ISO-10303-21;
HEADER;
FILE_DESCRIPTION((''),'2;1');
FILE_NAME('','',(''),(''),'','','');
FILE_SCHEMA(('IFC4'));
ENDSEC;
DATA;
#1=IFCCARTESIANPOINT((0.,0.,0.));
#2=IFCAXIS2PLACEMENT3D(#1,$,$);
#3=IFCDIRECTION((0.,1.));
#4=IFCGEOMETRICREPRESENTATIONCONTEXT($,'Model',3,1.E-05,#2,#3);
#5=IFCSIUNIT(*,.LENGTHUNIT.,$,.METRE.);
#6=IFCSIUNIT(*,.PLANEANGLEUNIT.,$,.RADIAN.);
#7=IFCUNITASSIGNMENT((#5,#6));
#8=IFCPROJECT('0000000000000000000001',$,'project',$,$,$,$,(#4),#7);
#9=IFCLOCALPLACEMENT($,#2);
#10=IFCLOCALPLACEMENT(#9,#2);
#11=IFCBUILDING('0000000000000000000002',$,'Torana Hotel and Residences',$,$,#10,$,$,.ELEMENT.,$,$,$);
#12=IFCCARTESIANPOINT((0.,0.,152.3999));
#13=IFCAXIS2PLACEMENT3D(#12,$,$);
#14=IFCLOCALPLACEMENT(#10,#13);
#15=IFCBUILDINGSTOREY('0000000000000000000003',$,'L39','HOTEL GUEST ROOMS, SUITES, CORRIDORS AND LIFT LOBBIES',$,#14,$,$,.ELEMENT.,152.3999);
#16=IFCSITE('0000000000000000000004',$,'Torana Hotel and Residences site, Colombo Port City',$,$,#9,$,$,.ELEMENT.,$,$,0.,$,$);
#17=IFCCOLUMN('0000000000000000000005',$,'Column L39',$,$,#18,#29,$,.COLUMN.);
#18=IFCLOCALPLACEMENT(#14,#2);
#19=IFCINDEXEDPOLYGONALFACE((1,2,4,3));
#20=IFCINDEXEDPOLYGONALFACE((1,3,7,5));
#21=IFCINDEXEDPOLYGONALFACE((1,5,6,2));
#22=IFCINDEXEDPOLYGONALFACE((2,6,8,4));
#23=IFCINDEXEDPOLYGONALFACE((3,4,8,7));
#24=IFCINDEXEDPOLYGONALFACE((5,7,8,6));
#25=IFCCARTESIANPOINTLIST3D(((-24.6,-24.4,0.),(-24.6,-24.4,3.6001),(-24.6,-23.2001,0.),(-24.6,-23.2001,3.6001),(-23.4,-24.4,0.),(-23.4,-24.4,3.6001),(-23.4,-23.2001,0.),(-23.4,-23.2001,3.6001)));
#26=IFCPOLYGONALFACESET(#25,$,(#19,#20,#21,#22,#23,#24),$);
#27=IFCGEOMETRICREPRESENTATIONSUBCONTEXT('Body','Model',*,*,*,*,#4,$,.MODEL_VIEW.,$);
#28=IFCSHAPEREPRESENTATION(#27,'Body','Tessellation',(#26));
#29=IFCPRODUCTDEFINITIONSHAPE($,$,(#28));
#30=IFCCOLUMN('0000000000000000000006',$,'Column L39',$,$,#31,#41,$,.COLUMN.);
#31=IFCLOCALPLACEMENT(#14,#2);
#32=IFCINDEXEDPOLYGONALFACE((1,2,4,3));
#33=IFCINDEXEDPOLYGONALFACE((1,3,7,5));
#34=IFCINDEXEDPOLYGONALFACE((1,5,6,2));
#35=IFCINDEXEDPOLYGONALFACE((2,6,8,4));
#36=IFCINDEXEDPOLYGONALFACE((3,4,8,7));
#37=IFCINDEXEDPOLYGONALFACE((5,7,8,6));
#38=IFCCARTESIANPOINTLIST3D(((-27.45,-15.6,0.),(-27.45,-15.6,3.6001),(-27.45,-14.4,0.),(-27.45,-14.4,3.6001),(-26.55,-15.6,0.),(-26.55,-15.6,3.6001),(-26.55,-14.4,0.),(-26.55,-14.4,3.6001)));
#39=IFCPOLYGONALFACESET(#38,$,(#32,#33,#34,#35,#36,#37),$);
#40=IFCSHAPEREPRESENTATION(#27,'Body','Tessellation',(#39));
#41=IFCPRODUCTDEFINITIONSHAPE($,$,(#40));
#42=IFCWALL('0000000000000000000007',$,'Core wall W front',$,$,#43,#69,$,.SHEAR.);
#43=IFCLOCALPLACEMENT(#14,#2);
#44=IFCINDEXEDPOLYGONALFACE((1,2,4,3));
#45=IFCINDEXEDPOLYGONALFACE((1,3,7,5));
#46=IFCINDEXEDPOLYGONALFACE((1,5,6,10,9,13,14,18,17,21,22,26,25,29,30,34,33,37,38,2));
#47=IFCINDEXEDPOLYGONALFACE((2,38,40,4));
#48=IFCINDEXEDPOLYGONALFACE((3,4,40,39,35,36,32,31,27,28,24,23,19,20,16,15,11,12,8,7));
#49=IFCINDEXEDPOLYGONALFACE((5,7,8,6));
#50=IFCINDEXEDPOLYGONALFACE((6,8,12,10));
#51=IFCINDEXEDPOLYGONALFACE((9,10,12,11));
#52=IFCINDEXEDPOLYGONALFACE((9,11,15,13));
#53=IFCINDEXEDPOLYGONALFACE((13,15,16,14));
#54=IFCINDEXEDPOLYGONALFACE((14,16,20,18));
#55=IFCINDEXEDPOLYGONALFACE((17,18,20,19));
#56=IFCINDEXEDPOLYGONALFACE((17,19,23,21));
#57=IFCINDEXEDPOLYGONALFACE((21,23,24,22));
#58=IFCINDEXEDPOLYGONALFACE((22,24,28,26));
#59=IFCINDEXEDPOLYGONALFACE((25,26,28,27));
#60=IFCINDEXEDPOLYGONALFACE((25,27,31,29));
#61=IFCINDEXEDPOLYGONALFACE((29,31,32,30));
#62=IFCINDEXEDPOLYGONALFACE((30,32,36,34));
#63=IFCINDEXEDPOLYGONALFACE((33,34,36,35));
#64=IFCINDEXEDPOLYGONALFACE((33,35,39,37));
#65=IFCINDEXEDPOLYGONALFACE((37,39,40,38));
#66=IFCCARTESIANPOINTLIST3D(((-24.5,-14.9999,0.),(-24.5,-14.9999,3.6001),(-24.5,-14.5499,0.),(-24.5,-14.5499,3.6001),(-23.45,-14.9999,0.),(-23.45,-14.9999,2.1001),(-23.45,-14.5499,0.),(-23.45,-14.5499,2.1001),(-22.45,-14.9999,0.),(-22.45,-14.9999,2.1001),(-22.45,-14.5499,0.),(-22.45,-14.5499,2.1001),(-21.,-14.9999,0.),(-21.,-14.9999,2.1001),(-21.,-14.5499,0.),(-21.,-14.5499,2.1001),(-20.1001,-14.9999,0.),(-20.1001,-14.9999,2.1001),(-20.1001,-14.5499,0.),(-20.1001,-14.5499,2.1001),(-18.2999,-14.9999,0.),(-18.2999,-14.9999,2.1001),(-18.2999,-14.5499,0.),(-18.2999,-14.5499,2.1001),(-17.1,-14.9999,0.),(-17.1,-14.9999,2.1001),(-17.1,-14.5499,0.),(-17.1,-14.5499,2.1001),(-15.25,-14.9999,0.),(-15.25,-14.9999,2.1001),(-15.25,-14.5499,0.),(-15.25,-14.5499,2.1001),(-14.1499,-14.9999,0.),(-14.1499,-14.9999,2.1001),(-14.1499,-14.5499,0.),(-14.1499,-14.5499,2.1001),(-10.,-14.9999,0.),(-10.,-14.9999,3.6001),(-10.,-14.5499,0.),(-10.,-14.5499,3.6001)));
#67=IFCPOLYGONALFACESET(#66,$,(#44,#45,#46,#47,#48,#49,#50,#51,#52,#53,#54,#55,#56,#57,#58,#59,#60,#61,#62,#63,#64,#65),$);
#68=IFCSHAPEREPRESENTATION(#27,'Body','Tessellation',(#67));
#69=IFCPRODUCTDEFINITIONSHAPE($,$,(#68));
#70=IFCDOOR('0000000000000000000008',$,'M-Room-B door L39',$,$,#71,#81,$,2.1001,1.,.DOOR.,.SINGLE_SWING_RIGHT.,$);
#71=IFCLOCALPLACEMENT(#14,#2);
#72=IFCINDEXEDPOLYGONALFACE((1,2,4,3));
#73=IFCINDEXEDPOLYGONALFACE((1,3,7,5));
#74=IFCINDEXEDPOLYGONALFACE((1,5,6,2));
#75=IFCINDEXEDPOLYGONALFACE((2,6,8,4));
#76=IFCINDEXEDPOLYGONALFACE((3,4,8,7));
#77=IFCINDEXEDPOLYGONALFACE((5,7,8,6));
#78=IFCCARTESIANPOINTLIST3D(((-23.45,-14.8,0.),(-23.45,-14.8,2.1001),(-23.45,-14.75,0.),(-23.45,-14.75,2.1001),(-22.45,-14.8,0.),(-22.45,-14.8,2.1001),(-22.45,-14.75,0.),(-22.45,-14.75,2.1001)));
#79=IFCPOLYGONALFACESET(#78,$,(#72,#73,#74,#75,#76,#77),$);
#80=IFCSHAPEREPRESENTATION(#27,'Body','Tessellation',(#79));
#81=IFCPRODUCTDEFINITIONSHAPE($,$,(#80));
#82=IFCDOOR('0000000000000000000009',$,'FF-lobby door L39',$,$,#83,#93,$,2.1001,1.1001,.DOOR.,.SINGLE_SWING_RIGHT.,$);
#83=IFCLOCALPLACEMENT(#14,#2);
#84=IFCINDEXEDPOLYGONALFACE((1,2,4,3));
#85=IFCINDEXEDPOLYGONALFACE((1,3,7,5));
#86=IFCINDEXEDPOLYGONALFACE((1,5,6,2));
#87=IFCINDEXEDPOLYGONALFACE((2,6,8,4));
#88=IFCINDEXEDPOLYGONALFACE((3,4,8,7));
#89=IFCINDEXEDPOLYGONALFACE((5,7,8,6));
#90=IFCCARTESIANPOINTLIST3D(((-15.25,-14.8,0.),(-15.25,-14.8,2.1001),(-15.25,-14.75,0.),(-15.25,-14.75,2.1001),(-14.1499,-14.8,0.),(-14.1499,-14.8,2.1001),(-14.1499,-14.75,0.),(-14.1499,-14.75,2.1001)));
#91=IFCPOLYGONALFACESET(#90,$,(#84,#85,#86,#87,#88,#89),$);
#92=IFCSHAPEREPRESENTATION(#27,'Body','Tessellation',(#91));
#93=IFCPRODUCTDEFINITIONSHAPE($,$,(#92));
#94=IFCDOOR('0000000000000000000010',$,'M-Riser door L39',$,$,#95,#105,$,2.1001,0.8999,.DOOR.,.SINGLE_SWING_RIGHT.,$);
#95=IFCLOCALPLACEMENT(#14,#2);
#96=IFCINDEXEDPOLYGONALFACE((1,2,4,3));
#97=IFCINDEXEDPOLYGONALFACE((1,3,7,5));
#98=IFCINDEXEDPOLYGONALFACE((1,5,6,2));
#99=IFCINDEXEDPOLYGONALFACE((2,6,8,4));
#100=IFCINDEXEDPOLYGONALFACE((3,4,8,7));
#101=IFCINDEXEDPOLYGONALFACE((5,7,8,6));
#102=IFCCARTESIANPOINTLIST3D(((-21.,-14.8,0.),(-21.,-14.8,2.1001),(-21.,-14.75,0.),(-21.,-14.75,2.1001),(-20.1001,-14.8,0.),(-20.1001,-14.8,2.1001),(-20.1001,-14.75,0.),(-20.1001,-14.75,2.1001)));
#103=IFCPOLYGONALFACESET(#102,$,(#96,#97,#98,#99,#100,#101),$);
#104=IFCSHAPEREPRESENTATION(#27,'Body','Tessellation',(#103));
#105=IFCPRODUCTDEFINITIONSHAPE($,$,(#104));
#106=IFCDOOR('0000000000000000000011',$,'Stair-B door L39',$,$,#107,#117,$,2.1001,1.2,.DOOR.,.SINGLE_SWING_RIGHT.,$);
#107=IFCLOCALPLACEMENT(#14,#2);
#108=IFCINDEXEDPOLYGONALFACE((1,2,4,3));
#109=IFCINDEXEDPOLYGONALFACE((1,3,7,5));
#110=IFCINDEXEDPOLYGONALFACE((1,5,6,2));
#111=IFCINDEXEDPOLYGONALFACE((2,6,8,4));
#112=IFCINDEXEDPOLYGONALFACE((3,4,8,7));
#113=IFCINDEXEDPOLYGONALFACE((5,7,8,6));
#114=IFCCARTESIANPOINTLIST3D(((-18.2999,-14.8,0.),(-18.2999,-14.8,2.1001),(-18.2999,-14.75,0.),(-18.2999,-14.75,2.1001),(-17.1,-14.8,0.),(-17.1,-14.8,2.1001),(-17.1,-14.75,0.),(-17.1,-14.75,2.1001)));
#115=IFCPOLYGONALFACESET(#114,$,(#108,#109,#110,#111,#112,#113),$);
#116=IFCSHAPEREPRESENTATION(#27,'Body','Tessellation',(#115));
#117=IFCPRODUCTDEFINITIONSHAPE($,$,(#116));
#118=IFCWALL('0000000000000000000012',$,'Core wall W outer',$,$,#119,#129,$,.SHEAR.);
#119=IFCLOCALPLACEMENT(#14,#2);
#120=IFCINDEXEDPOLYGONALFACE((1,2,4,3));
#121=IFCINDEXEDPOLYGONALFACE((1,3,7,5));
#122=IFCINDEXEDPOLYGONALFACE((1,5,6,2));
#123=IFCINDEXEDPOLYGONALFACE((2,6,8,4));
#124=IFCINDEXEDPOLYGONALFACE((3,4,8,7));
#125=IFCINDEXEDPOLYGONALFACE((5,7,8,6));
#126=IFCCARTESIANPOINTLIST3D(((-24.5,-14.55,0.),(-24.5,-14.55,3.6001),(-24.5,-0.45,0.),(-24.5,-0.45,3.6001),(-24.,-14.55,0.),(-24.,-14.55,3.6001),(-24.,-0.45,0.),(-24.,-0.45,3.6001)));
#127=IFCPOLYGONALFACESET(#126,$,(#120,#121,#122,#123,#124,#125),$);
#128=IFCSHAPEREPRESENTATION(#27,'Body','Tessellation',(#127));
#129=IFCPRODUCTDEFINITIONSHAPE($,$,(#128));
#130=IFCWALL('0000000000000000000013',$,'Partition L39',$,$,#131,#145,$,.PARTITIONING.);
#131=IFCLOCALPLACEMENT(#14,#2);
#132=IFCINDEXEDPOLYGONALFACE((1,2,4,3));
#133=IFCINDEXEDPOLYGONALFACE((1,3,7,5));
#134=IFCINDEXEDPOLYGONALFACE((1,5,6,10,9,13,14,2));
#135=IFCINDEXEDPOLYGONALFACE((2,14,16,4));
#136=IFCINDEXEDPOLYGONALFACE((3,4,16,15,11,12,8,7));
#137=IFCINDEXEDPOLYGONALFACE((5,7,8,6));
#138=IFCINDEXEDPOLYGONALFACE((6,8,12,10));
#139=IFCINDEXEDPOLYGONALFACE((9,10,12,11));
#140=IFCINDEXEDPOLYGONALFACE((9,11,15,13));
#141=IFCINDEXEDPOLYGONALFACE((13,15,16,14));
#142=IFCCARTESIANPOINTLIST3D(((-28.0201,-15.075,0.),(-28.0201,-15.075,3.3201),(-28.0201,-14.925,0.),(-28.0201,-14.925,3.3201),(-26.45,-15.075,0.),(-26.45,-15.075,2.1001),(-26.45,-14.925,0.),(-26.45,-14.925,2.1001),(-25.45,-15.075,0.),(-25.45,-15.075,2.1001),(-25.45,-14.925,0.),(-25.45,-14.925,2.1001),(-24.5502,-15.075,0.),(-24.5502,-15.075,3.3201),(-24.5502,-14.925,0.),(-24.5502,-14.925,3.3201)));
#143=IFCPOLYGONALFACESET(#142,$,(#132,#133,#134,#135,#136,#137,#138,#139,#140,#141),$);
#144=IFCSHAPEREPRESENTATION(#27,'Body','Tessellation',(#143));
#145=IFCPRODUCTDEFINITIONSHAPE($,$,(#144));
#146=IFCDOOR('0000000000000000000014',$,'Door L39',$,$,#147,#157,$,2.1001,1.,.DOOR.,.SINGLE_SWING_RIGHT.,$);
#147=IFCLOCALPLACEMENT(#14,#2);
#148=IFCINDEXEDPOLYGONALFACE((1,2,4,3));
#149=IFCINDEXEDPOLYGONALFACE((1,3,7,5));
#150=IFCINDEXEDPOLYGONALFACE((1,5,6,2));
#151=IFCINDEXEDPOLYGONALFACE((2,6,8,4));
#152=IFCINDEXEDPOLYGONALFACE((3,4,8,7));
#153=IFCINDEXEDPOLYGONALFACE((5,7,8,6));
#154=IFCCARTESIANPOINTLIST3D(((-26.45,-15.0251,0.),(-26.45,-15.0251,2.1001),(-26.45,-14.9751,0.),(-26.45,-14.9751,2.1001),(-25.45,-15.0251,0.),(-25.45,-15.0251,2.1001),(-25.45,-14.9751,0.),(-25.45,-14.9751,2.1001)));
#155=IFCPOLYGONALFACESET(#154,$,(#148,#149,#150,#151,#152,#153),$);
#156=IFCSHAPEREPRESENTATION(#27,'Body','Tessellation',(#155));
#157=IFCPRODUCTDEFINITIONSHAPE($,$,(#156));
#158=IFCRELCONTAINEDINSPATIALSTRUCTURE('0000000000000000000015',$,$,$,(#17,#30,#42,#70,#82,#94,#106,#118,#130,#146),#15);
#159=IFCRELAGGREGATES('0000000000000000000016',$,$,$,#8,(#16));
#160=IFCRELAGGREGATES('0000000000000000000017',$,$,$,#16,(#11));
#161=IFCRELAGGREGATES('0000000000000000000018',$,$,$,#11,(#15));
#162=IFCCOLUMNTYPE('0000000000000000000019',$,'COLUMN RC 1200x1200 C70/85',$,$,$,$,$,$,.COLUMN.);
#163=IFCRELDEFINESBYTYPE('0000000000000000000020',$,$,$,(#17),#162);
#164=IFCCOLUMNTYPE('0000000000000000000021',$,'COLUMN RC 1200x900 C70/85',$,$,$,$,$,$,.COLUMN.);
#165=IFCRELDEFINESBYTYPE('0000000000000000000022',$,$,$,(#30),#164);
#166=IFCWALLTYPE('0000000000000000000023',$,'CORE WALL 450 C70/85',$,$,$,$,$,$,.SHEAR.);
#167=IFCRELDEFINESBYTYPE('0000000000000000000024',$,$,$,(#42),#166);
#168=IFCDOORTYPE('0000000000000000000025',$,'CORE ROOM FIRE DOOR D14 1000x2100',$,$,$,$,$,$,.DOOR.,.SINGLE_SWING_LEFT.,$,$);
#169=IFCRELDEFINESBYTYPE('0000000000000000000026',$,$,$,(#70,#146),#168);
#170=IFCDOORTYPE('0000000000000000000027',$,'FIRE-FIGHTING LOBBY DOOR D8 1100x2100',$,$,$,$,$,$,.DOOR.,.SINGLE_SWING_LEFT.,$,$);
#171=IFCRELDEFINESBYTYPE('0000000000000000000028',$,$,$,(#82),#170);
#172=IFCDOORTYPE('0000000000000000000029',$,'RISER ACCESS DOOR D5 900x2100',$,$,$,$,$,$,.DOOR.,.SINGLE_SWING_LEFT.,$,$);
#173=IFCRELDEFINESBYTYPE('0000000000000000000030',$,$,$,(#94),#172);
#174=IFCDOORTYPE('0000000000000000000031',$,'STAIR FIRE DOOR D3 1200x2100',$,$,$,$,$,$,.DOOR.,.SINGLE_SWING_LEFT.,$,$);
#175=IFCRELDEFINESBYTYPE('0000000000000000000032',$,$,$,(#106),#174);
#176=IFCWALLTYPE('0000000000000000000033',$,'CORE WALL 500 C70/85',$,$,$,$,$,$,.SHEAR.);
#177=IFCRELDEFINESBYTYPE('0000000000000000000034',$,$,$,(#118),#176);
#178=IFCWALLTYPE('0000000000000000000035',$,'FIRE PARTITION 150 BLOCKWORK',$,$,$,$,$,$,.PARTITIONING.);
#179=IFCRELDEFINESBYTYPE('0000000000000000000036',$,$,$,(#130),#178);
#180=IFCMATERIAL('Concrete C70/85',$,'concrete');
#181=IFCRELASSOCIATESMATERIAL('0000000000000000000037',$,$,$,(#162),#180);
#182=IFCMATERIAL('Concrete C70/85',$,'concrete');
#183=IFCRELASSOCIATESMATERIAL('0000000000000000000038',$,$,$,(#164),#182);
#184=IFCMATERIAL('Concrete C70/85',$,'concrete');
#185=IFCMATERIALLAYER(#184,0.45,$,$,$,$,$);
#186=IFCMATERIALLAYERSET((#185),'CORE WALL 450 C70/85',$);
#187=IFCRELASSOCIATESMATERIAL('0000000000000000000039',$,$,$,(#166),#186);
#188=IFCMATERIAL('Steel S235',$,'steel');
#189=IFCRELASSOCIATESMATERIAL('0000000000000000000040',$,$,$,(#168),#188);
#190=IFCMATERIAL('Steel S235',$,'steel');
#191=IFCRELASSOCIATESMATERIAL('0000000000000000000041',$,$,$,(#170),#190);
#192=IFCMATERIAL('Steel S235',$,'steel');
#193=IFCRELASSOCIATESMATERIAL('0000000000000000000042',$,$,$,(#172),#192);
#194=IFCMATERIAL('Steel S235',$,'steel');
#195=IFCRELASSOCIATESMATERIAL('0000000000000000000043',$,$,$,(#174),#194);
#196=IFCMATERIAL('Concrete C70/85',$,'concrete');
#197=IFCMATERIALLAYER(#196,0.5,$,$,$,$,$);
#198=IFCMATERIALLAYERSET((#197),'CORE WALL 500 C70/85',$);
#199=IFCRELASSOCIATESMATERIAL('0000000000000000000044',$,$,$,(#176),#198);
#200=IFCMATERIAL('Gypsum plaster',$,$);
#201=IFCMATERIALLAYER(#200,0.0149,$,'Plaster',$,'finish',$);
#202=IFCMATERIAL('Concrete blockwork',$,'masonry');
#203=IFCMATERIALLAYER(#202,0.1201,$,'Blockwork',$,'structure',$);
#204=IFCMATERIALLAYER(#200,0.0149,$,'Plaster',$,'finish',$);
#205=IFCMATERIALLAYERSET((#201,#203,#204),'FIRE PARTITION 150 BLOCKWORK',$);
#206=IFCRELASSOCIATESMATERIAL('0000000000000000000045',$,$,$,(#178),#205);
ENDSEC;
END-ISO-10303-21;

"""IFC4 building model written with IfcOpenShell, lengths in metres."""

from ifc_helpers import new_model, si_unit, direction, frame, frame_2d, origin, origin_2d, place, context, subcontext, project, spatial, rectangle, extrude, material, layer, layer_set, material_profile, profile_set, type_object, element, fill, save


model = new_model("IFC4")

# Units and contexts
model_context = context("Model", 3, precision=1e-05, world=origin(), true_north=direction((0.0, 1.0)))
body_context = subcontext(model_context, "Body", "Model", "MODEL_VIEW")
ifc_project = project(units=[si_unit("LENGTHUNIT", "METRE"), si_unit("PLANEANGLEUNIT", "RADIAN")], contexts=[model_context])

# Site, building, storey
site_placement = place(None, origin())
site = spatial("IfcSite", under=ifc_project, at=site_placement, Name="Torana Hotel and Residences site, Colombo Port City", CompositionType="ELEMENT", RefElevation=0.0)
building_placement = place(site_placement, origin())
building = spatial("IfcBuilding", under=site, at=building_placement, Name="Torana Hotel and Residences", CompositionType="ELEMENT")
storey_placement = place(building_placement, frame((0.0, 0.0, 152.3999)))
storey = spatial("IfcBuildingStorey", under=building, at=storey_placement, Name="L39", Description="HOTEL GUEST ROOMS, SUITES, CORRIDORS AND LIFT LOBBIES", CompositionType="ELEMENT", Elevation=152.3999)

# Columns
ifc_material_1 = material(Name="Concrete C70/85", Category="concrete")
ifc_material_profile_1 = material_profile(ifc_material_1, rectangle(XDim=1.2, YDim=1.2, at=origin_2d()), Name="RC 1200x1200")
ifc_profile_set_1 = profile_set([ifc_material_profile_1], Name="Concrete C70/85")
column_type_1 = type_object("IfcColumnType", Name="COLUMN RC 1200x1200 C70/85", PredefinedType="COLUMN", material=ifc_profile_set_1)
column_1_placement = place(storey_placement, frame((-24.0, -23.8, 0.0), z_axis=(0.0, 0.0, 1.0), x_axis=(1.0, 0.0, 0.0)))
element("IfcColumn", 1, at=column_1_placement, inside=storey, type_object=column_type_1, Name="Column L39", PredefinedType="COLUMN", context=body_context, shape_type="SweptSolid", body=[
    extrude(rectangle(XDim=1.2, YDim=1.2, at=origin_2d()), origin(), (0.0, 0.0, 1.0), 3.6001),
])
ifc_material_2 = material(Name="Concrete C70/85", Category="concrete")
ifc_material_profile_2 = material_profile(ifc_material_2, rectangle(XDim=1.2, YDim=0.8999, at=origin_2d()), Name="RC 1200x900")
ifc_profile_set_2 = profile_set([ifc_material_profile_2], Name="Concrete C70/85")
column_type_2 = type_object("IfcColumnType", Name="COLUMN RC 1200x900 C70/85", PredefinedType="COLUMN", material=ifc_profile_set_2)
column_2_placement = place(storey_placement, frame((-27.0, -15.0, 0.0), z_axis=(0.0, 0.0, 1.0), x_axis=(0.0, 1.0, 0.0)))
element("IfcColumn", 2, at=column_2_placement, inside=storey, type_object=column_type_2, Name="Column L39", PredefinedType="COLUMN", context=body_context, shape_type="SweptSolid", body=[
    extrude(rectangle(XDim=1.2, YDim=0.8999, at=origin_2d()), origin(), (0.0, 0.0, 1.0), 3.6001),
])

# Wall, openings, doors
ifc_material_3 = material(Name="Concrete C70/85", Category="concrete")
ifc_layer_1 = layer(ifc_material_3, 0.45)
ifc_layer_set_1 = layer_set([ifc_layer_1], Name="CORE WALL 450 C70/85")
wall_type_1 = type_object("IfcWallType", Name="CORE WALL 450 C70/85", PredefinedType="SHEAR", material=ifc_layer_set_1)
wall_1_placement = place(storey_placement, frame((-24.5, -14.7749, 0.0), z_axis=(0.0, 0.0, 1.0), x_axis=(1.0, 0.0, 0.0)))
wall_1 = element("IfcWall", 3, at=wall_1_placement, inside=storey, type_object=wall_type_1, Name="Core wall W front", PredefinedType="SHEAR", context=body_context, shape_type="SweptSolid", body=[
    extrude(rectangle(XDim=14.5, YDim=0.45, at=frame_2d((7.25, 0.0))), origin(), (0.0, 0.0, 1.0), 3.6001),
])
opening_1_placement = place(wall_1_placement, frame((6.2, 0.0, 0.0)))
opening_1 = element("IfcOpeningElement", 4, at=opening_1_placement, cuts=wall_1, PredefinedType="OPENING", context=body_context, shape_type="SweptSolid", body=[
    extrude(rectangle(XDim=1.2, YDim=2.1001, at=frame_2d((0.6001, 1.05))), frame((0.0, 0.2349, 0.0), z_axis=(0.0, -1.0, 0.0), x_axis=(1.0, 0.0, 0.0)), (0.0, 0.0, 1.0), 0.47),
])
opening_2_placement = place(wall_1_placement, frame((9.25, 0.0, 0.0)))
opening_2 = element("IfcOpeningElement", 5, at=opening_2_placement, cuts=wall_1, PredefinedType="OPENING", context=body_context, shape_type="SweptSolid", body=[
    extrude(rectangle(XDim=1.1001, YDim=2.1001, at=frame_2d((0.55, 1.05))), frame((0.0, 0.2349, 0.0), z_axis=(0.0, -1.0, 0.0), x_axis=(1.0, 0.0, 0.0)), (0.0, 0.0, 1.0), 0.47),
])
opening_3_placement = place(wall_1_placement, frame((3.5, 0.0, 0.0)))
opening_3 = element("IfcOpeningElement", 6, at=opening_3_placement, cuts=wall_1, PredefinedType="OPENING", context=body_context, shape_type="SweptSolid", body=[
    extrude(rectangle(XDim=0.8999, YDim=2.1001, at=frame_2d((0.45, 1.05))), frame((0.0, 0.2349, 0.0), z_axis=(0.0, -1.0, 0.0), x_axis=(1.0, 0.0, 0.0)), (0.0, 0.0, 1.0), 0.47),
])
opening_4_placement = place(wall_1_placement, frame((1.05, 0.0, 0.0)))
opening_4 = element("IfcOpeningElement", 7, at=opening_4_placement, cuts=wall_1, PredefinedType="OPENING", context=body_context, shape_type="SweptSolid", body=[
    extrude(rectangle(XDim=1.0, YDim=2.1001, at=frame_2d((0.5, 1.05))), frame((0.0, 0.2349, 0.0), z_axis=(0.0, -1.0, 0.0), x_axis=(1.0, 0.0, 0.0)), (0.0, 0.0, 1.0), 0.47),
])
ifc_material_4 = material(Name="Steel S235", Category="steel")
door_type_1 = type_object("IfcDoorType", Name="CORE ROOM FIRE DOOR D14 1000x2100", OperationType="SINGLE_SWING_LEFT", PredefinedType="DOOR", material=ifc_material_4)
door_1_placement = place(opening_4_placement, origin())
door_1 = element("IfcDoor", 8, at=door_1_placement, inside=storey, type_object=door_type_1, Name="M-Room-B door L39", OperationType="SINGLE_SWING_RIGHT", OverallHeight=2.1001, OverallWidth=1.0, PredefinedType="DOOR", context=body_context, shape_type="SweptSolid", body=[
    extrude(rectangle(XDim=1.0, YDim=2.1001, at=frame_2d((0.5, 1.05))), frame((0.0, 0.0249, 0.0), z_axis=(0.0, -1.0, 0.0), x_axis=(1.0, 0.0, 0.0)), (0.0, 0.0, 1.0), 0.05),
])
fill(opening_4, door_1)
ifc_material_5 = material(Name="Steel S235", Category="steel")
door_type_2 = type_object("IfcDoorType", Name="FIRE-FIGHTING LOBBY DOOR D8 1100x2100", OperationType="SINGLE_SWING_LEFT", PredefinedType="DOOR", material=ifc_material_5)
door_2_placement = place(opening_2_placement, origin())
door_2 = element("IfcDoor", 9, at=door_2_placement, inside=storey, type_object=door_type_2, Name="FF-lobby door L39", OperationType="SINGLE_SWING_RIGHT", OverallHeight=2.1001, OverallWidth=1.1001, PredefinedType="DOOR", context=body_context, shape_type="SweptSolid", body=[
    extrude(rectangle(XDim=1.1001, YDim=2.1001, at=frame_2d((0.55, 1.05))), frame((0.0, 0.0249, 0.0), z_axis=(0.0, -1.0, 0.0), x_axis=(1.0, 0.0, 0.0)), (0.0, 0.0, 1.0), 0.05),
])
fill(opening_2, door_2)
ifc_material_6 = material(Name="Steel S235", Category="steel")
door_type_3 = type_object("IfcDoorType", Name="RISER ACCESS DOOR D5 900x2100", OperationType="SINGLE_SWING_LEFT", PredefinedType="DOOR", material=ifc_material_6)
door_3_placement = place(opening_3_placement, origin())
door_3 = element("IfcDoor", 10, at=door_3_placement, inside=storey, type_object=door_type_3, Name="M-Riser door L39", OperationType="SINGLE_SWING_RIGHT", OverallHeight=2.1001, OverallWidth=0.8999, PredefinedType="DOOR", context=body_context, shape_type="SweptSolid", body=[
    extrude(rectangle(XDim=0.8999, YDim=2.1001, at=frame_2d((0.45, 1.05))), frame((0.0, 0.0249, 0.0), z_axis=(0.0, -1.0, 0.0), x_axis=(1.0, 0.0, 0.0)), (0.0, 0.0, 1.0), 0.05),
])
fill(opening_3, door_3)
ifc_material_7 = material(Name="Steel S235", Category="steel")
door_type_4 = type_object("IfcDoorType", Name="STAIR FIRE DOOR D3 1200x2100", OperationType="SINGLE_SWING_LEFT", PredefinedType="DOOR", material=ifc_material_7)
door_4_placement = place(opening_1_placement, origin())
door_4 = element("IfcDoor", 11, at=door_4_placement, inside=storey, type_object=door_type_4, Name="Stair-B door L39", OperationType="SINGLE_SWING_RIGHT", OverallHeight=2.1001, OverallWidth=1.2, PredefinedType="DOOR", context=body_context, shape_type="SweptSolid", body=[
    extrude(rectangle(XDim=1.2, YDim=2.1001, at=frame_2d((0.6001, 1.05))), frame((0.0, 0.0249, 0.0), z_axis=(0.0, -1.0, 0.0), x_axis=(1.0, 0.0, 0.0)), (0.0, 0.0, 1.0), 0.05),
])
fill(opening_1, door_4)

# Wall
ifc_material_8 = material(Name="Concrete C70/85", Category="concrete")
ifc_layer_2 = layer(ifc_material_8, 0.5)
ifc_layer_set_2 = layer_set([ifc_layer_2], Name="CORE WALL 500 C70/85")
wall_type_2 = type_object("IfcWallType", Name="CORE WALL 500 C70/85", PredefinedType="SHEAR", material=ifc_layer_set_2)
wall_2_placement = place(storey_placement, frame((-24.25, -14.55, 0.0), z_axis=(0.0, 0.0, 1.0), x_axis=(0.0, 1.0, 0.0)))
element("IfcWall", 12, at=wall_2_placement, inside=storey, type_object=wall_type_2, Name="Core wall W outer", PredefinedType="SHEAR", context=body_context, shape_type="SweptSolid", body=[
    extrude(rectangle(XDim=14.1001, YDim=0.5, at=frame_2d((7.05, 0.0))), origin(), (0.0, 0.0, 1.0), 3.6001),
])

# Wall, opening, door
ifc_material_9 = material(Name="Gypsum plaster")
ifc_layer_3 = layer(ifc_material_9, 0.0149, Name="Plaster", Category="finish")
ifc_material_10 = material(Name="Concrete blockwork", Category="masonry")
ifc_layer_4 = layer(ifc_material_10, 0.1201, Name="Blockwork", Category="structure")
ifc_layer_5 = layer(ifc_material_9, 0.0149, Name="Plaster", Category="finish")
ifc_layer_set_3 = layer_set([ifc_layer_3, ifc_layer_4, ifc_layer_5], Name="FIRE PARTITION 150 BLOCKWORK")
wall_type_3 = type_object("IfcWallType", Name="FIRE PARTITION 150 BLOCKWORK", PredefinedType="PARTITIONING", material=ifc_layer_set_3)
wall_3_placement = place(storey_placement, frame((-28.02, -15.0, 0.0), z_axis=(0.0, 0.0, 1.0), x_axis=(1.0, 0.0, 0.0)))
wall_3 = element("IfcWall", 13, at=wall_3_placement, inside=storey, type_object=wall_type_3, Name="Partition L39", PredefinedType="PARTITIONING", context=body_context, shape_type="SweptSolid", body=[
    extrude(rectangle(XDim=3.47, YDim=0.1499, at=frame_2d((1.7349, 0.0))), origin(), (0.0, 0.0, 1.0), 3.3201),
])
opening_5_placement = place(wall_3_placement, frame((1.5701, 0.0, 0.0)))
opening_5 = element("IfcOpeningElement", 14, at=opening_5_placement, cuts=wall_3, PredefinedType="OPENING", context=body_context, shape_type="SweptSolid", body=[
    extrude(rectangle(XDim=1.0, YDim=2.1001, at=frame_2d((0.5, 1.05))), frame((0.0, 0.085, 0.0), z_axis=(0.0, -1.0, 0.0), x_axis=(1.0, 0.0, 0.0)), (0.0, 0.0, 1.0), 0.1699),
])
door_5_placement = place(opening_5_placement, origin())
door_5 = element("IfcDoor", 15, at=door_5_placement, inside=storey, type_object=door_type_1, Name="Door L39", OperationType="SINGLE_SWING_RIGHT", OverallHeight=2.1001, OverallWidth=1.0, PredefinedType="DOOR", context=body_context, shape_type="SweptSolid", body=[
    extrude(rectangle(XDim=1.0, YDim=2.1001, at=frame_2d((0.5, 1.05))), frame((0.0, 0.0249, 0.0), z_axis=(0.0, -1.0, 0.0), x_axis=(1.0, 0.0, 0.0)), (0.0, 0.0, 1.0), 0.05),
])
fill(opening_5, door_5)

save(model, "model.ifc")
